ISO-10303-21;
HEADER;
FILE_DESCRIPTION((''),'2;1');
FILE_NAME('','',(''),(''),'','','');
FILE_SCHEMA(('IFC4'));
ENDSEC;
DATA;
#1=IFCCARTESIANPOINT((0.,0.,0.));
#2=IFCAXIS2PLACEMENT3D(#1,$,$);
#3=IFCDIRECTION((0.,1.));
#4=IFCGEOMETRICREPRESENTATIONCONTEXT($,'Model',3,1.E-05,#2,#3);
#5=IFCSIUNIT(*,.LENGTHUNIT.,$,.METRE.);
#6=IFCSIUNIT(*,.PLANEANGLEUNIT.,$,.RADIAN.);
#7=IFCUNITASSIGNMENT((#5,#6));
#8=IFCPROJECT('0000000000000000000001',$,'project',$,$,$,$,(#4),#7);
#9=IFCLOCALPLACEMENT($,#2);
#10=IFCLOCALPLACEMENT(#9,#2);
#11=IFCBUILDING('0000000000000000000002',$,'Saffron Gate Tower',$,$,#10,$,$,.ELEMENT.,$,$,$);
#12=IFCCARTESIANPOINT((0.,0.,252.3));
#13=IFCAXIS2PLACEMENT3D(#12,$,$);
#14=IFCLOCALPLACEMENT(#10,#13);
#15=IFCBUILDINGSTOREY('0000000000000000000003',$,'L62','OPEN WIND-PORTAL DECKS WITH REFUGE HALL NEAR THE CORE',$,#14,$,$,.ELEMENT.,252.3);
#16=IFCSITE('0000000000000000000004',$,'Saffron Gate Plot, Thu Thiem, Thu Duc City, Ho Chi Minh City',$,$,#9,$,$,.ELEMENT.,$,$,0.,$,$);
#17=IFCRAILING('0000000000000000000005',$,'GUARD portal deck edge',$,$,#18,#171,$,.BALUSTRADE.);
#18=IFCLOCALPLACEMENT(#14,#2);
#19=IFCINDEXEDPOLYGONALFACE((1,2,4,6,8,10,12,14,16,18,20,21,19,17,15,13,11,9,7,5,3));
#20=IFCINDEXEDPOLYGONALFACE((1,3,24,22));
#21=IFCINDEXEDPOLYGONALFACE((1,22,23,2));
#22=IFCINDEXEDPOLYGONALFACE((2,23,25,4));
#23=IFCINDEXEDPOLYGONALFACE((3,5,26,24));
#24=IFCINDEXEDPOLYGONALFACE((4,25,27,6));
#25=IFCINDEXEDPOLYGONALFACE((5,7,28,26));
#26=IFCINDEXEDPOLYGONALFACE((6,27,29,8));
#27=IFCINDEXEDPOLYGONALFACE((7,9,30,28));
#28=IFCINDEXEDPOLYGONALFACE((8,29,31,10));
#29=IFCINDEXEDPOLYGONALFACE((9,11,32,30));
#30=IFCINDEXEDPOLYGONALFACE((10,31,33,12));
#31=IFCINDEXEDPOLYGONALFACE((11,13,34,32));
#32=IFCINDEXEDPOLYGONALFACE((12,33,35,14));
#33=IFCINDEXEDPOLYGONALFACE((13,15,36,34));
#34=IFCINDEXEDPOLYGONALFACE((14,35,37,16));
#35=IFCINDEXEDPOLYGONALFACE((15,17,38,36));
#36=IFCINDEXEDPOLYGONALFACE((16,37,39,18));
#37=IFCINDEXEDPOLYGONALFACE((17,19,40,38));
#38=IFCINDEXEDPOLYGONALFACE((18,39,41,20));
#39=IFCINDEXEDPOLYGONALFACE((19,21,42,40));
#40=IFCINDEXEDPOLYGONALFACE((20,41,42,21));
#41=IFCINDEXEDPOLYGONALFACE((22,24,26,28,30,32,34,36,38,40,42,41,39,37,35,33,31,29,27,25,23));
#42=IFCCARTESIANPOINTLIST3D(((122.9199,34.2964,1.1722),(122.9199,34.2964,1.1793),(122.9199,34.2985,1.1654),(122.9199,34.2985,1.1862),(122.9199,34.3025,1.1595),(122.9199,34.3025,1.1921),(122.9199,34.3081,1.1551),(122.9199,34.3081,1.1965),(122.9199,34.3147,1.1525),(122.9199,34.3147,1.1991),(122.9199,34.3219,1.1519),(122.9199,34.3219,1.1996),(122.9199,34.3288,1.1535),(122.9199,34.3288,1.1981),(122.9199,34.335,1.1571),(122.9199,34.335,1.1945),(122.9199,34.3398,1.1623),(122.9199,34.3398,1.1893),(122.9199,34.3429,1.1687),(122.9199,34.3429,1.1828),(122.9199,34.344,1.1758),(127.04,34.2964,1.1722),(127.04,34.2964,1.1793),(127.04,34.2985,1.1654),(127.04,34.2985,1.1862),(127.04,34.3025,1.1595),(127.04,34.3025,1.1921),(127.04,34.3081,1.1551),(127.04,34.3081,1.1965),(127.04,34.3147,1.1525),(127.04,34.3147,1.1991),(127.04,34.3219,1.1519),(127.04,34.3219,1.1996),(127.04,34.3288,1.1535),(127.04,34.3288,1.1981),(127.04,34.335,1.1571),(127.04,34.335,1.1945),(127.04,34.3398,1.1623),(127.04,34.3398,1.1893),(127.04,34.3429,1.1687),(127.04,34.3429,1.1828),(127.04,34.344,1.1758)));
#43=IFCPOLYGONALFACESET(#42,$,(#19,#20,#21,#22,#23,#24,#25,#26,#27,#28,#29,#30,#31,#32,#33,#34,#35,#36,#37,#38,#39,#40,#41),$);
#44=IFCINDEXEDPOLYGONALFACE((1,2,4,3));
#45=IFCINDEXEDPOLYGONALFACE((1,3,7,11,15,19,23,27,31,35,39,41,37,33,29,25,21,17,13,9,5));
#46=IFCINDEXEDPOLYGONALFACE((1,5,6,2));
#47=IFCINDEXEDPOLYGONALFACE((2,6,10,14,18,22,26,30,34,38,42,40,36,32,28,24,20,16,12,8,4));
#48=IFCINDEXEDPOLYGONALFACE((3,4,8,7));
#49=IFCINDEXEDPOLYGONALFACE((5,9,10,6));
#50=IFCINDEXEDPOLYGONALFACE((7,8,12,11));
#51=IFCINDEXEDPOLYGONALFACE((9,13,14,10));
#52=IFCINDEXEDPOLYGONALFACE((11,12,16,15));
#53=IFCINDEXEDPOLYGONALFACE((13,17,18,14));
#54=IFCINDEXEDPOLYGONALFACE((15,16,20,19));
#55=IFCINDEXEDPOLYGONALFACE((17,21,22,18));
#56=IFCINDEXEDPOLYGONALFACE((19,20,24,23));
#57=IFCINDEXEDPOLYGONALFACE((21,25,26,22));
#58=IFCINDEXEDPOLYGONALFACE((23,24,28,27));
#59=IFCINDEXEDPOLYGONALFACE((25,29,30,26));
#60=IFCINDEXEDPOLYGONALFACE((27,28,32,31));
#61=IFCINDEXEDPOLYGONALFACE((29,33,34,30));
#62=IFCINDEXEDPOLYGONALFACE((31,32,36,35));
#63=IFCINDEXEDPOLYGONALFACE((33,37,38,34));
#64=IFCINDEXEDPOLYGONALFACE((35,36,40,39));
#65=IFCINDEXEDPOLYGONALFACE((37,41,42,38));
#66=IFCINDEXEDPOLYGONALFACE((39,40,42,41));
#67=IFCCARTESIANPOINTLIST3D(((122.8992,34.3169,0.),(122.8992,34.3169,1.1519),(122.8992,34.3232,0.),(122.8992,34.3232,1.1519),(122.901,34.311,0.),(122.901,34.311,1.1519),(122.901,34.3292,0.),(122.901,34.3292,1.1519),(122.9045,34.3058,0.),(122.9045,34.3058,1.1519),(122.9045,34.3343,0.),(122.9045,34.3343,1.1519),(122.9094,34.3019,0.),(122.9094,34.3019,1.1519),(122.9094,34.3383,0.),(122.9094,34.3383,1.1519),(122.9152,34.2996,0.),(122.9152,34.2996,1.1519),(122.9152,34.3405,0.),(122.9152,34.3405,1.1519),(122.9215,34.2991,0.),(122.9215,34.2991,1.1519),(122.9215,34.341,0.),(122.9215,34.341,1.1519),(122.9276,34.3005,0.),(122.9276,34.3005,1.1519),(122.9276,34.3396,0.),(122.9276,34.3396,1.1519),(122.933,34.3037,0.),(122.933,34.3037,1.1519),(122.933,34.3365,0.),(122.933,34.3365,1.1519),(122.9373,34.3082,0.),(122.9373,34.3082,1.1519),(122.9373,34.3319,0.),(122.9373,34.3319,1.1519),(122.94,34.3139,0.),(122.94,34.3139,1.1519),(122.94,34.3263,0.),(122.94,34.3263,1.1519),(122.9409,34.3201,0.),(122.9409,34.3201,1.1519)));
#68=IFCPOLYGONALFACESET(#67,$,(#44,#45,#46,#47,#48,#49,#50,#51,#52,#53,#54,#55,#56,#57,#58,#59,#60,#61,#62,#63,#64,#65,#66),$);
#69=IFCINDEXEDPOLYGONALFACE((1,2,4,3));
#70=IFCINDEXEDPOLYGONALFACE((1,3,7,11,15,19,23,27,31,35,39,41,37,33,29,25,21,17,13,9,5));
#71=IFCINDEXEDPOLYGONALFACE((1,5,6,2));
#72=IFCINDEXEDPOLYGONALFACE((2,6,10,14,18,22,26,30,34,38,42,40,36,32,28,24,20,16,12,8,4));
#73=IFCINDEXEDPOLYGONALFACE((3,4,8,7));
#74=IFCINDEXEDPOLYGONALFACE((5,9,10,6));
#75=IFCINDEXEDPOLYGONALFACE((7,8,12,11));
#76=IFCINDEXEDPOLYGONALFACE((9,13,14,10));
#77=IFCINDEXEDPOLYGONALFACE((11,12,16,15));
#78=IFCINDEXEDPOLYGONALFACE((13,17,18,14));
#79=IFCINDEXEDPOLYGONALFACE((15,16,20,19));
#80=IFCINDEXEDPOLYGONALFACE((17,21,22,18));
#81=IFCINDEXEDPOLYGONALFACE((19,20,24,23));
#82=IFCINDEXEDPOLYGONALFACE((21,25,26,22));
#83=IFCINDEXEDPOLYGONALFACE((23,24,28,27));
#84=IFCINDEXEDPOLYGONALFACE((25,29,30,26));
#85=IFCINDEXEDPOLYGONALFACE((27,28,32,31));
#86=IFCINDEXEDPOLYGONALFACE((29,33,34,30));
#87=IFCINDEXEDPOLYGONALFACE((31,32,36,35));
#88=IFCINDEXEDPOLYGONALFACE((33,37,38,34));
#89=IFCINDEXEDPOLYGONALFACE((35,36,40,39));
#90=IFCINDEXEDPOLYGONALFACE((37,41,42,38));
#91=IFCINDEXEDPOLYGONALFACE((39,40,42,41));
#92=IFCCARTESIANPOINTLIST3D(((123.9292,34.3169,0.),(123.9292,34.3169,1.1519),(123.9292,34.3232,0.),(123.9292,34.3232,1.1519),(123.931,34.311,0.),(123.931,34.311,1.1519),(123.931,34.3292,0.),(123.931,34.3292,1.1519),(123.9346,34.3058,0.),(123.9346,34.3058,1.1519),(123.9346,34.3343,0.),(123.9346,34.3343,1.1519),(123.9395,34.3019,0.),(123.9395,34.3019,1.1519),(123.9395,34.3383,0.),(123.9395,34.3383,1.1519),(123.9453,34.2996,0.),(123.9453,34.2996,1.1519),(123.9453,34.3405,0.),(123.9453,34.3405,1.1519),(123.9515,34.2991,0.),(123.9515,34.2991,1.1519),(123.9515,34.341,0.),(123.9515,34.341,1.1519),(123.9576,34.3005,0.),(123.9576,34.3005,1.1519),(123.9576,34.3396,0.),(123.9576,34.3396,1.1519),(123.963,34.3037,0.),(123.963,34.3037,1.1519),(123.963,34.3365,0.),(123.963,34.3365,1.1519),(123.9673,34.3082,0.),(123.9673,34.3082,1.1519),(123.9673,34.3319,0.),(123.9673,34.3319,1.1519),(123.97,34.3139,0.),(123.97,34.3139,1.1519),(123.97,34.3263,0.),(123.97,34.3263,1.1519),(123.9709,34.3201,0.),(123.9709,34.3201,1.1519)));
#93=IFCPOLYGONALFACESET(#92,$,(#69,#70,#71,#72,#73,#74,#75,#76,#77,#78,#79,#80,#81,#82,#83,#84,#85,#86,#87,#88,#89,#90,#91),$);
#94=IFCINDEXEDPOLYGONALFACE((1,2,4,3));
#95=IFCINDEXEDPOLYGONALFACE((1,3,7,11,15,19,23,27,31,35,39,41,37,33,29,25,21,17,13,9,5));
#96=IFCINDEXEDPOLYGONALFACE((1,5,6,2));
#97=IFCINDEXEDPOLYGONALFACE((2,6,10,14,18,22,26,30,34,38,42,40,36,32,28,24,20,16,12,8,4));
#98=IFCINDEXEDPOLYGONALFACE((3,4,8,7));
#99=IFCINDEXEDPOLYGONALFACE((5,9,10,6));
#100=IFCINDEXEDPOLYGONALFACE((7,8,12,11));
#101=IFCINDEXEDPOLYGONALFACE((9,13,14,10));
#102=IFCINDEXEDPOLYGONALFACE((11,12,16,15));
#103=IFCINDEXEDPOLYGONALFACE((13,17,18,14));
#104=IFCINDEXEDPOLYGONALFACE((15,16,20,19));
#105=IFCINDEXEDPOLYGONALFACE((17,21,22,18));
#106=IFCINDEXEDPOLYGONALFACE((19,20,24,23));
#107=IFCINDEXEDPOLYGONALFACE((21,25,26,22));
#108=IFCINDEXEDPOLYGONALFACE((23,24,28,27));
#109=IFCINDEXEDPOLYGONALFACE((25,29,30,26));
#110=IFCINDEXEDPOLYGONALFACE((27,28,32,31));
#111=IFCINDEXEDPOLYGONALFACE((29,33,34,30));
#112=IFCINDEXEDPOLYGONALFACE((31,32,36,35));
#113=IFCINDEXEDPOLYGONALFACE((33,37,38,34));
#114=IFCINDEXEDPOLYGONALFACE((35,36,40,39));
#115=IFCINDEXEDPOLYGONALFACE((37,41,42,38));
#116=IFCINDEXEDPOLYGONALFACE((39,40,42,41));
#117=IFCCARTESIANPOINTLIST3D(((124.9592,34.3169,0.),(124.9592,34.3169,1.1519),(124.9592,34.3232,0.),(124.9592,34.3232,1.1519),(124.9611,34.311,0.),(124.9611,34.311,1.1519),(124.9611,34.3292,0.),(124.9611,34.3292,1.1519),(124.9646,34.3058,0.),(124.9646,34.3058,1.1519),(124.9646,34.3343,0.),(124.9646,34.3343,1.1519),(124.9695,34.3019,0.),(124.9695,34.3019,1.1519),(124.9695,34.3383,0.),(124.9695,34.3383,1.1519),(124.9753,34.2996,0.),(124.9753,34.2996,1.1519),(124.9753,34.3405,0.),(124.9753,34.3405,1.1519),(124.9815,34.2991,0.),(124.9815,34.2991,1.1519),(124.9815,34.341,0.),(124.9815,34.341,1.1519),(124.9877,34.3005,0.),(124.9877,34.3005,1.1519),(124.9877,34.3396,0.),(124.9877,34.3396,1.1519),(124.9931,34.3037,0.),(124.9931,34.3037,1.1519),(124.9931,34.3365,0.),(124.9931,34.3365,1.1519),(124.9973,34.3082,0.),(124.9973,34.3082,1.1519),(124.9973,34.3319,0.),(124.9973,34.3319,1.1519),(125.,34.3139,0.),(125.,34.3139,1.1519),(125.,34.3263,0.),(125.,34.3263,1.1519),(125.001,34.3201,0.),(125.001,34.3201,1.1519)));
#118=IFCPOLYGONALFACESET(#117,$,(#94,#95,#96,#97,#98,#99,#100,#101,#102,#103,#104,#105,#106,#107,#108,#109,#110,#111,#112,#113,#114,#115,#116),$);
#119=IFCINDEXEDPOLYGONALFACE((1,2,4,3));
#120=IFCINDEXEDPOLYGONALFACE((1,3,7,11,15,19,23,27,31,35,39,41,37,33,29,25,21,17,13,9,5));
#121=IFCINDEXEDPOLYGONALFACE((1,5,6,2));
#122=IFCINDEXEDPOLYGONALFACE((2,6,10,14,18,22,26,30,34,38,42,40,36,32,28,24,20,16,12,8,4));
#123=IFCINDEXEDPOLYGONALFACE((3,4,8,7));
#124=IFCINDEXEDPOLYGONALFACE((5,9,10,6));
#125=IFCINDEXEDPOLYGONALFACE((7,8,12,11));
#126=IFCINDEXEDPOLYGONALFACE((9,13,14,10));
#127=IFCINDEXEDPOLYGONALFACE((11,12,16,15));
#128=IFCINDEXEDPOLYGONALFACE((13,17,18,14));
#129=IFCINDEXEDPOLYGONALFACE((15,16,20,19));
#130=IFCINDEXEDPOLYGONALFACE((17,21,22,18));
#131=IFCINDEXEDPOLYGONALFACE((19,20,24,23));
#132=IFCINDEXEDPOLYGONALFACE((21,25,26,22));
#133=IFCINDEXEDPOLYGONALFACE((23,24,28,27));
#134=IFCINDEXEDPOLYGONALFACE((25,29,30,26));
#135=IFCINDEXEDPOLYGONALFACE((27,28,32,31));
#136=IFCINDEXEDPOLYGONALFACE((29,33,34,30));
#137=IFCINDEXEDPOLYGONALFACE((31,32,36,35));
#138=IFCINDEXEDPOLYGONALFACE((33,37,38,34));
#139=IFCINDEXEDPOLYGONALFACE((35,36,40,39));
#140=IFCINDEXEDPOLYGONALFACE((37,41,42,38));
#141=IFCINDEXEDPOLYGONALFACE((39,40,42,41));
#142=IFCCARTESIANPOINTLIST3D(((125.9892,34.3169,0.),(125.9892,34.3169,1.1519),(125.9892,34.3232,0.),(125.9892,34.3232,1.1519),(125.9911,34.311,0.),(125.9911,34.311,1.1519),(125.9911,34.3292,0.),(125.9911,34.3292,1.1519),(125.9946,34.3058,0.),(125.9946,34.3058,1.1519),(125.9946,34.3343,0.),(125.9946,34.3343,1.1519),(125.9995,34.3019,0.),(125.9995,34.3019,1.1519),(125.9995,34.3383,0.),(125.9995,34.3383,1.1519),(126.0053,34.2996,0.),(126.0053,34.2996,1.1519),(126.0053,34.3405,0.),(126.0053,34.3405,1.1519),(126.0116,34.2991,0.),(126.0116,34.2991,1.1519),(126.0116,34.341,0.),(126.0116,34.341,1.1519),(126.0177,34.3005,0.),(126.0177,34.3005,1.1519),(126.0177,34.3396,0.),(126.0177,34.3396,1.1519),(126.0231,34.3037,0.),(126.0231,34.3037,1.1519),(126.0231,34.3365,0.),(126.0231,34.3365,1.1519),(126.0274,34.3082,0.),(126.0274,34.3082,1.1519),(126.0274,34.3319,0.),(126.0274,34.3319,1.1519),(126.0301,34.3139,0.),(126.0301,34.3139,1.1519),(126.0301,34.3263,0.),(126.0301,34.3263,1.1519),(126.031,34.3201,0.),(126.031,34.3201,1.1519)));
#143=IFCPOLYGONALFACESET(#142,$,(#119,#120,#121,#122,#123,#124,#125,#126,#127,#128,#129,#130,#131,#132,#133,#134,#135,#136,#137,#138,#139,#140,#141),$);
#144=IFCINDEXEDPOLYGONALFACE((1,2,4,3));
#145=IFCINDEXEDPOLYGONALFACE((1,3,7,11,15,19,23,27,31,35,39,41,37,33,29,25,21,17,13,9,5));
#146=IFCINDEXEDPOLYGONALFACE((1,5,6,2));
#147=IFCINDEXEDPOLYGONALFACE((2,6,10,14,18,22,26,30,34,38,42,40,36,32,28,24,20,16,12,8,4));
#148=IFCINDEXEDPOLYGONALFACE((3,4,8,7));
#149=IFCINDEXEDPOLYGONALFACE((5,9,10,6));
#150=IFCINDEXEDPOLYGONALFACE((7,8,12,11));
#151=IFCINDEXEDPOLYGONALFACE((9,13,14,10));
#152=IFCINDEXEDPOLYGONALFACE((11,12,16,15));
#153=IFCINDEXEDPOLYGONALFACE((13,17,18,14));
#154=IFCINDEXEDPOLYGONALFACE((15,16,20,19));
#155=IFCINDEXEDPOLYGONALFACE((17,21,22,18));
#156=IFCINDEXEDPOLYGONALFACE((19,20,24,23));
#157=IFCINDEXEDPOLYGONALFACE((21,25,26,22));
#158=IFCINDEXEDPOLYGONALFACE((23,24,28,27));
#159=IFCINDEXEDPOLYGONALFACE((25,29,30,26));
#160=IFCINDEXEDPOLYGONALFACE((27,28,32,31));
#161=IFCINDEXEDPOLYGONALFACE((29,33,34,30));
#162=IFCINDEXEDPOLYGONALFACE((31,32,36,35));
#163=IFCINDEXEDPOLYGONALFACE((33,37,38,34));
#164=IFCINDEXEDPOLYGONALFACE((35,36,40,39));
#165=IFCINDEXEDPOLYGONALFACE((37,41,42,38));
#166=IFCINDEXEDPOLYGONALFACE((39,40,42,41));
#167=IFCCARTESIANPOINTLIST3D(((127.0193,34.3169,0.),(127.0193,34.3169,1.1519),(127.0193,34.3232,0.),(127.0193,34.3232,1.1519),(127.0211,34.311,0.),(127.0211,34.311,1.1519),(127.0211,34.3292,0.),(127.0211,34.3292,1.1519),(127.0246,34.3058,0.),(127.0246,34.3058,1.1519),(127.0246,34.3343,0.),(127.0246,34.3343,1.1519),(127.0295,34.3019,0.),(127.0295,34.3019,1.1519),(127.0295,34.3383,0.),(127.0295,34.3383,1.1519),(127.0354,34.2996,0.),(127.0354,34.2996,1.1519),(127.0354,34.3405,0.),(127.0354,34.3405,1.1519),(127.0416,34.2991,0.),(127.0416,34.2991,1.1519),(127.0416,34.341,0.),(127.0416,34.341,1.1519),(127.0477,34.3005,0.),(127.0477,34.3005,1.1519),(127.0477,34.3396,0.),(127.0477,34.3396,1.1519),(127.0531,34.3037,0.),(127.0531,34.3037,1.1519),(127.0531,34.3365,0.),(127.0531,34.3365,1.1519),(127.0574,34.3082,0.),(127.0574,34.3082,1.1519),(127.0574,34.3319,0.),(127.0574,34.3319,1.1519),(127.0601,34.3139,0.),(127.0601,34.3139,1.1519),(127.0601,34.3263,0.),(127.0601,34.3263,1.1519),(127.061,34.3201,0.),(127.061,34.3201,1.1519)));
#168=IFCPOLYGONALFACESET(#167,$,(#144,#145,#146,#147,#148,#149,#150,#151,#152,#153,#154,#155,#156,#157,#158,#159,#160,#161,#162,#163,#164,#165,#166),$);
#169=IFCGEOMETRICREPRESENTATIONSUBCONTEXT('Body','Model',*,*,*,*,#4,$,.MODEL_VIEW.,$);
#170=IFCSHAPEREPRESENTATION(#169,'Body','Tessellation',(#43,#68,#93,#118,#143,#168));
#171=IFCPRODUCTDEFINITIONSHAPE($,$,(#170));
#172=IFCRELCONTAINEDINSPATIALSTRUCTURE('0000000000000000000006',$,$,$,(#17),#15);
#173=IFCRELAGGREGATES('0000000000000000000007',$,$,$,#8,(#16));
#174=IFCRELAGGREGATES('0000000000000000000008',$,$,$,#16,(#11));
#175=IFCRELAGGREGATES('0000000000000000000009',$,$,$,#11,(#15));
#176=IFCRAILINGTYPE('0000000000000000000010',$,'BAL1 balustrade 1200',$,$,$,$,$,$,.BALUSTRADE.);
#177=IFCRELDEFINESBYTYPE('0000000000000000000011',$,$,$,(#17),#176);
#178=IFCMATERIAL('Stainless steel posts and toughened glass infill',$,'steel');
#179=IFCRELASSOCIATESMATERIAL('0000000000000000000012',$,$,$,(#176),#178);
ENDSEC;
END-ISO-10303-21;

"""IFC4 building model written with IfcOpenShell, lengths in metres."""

from ifc_helpers import new_model, si_unit, direction, frame, origin, origin_2d, place, context, subcontext, project, spatial, circle, extrude, material, type_object, element, save


model = new_model("IFC4")

# Units and contexts
model_context = context("Model", 3, precision=1e-05, world=origin(), true_north=direction((0.0, 1.0)))
body_context = subcontext(model_context, "Body", "Model", "MODEL_VIEW")
ifc_project = project(units=[si_unit("LENGTHUNIT", "METRE"), si_unit("PLANEANGLEUNIT", "RADIAN")], contexts=[model_context])

# Site, building, storey
site_placement = place(None, origin())
site = spatial("IfcSite", under=ifc_project, at=site_placement, Name="Saffron Gate Plot, Thu Thiem, Thu Duc City, Ho Chi Minh City", CompositionType="ELEMENT", RefElevation=0.0)
building_placement = place(site_placement, origin())
building = spatial("IfcBuilding", under=site, at=building_placement, Name="Saffron Gate Tower", CompositionType="ELEMENT")
storey_placement = place(building_placement, frame((0.0, 0.0, 252.3)))
storey = spatial("IfcBuildingStorey", under=building, at=storey_placement, Name="L62", Description="OPEN WIND-PORTAL DECKS WITH REFUGE HALL NEAR THE CORE", CompositionType="ELEMENT", Elevation=252.3)

# Railing
ifc_material_1 = material(Name="Stainless steel posts and toughened glass infill", Category="steel")
railing_type_1 = type_object("IfcRailingType", Name="BAL1 balustrade 1200", PredefinedType="BALUSTRADE", material=ifc_material_1)
railing_1_placement = place(storey_placement, frame((122.9199, 34.3201, 0.0)))
element("IfcRailing", 1, at=railing_1_placement, inside=storey, type_object=railing_type_1, Name="GUARD portal deck edge", PredefinedType="BALUSTRADE", context=body_context, shape_type="SweptSolid", body=[
    extrude(circle(Radius=0.0239, at=origin_2d()), frame((0.0, 0.0, 1.1758), z_axis=(1.0, 0.0, 0.0), x_axis=(0.0, 1.0, 0.0)), (0.0, 0.0, 1.0), 4.1201),
    extrude(circle(Radius=0.021, at=origin_2d()), origin(), (0.0, 0.0, 1.0), 1.1519),
    extrude(circle(Radius=0.021, at=origin_2d()), frame((1.03, 0.0, 0.0)), (0.0, 0.0, 1.0), 1.1519),
    extrude(circle(Radius=0.021, at=origin_2d()), frame((2.0601, 0.0, 0.0)), (0.0, 0.0, 1.0), 1.1519),
    extrude(circle(Radius=0.021, at=origin_2d()), frame((3.0901, 0.0, 0.0)), (0.0, 0.0, 1.0), 1.1519),
    extrude(circle(Radius=0.021, at=origin_2d()), frame((4.1201, 0.0, 0.0)), (0.0, 0.0, 1.0), 1.1519),
])

save(model, "model.ifc")
